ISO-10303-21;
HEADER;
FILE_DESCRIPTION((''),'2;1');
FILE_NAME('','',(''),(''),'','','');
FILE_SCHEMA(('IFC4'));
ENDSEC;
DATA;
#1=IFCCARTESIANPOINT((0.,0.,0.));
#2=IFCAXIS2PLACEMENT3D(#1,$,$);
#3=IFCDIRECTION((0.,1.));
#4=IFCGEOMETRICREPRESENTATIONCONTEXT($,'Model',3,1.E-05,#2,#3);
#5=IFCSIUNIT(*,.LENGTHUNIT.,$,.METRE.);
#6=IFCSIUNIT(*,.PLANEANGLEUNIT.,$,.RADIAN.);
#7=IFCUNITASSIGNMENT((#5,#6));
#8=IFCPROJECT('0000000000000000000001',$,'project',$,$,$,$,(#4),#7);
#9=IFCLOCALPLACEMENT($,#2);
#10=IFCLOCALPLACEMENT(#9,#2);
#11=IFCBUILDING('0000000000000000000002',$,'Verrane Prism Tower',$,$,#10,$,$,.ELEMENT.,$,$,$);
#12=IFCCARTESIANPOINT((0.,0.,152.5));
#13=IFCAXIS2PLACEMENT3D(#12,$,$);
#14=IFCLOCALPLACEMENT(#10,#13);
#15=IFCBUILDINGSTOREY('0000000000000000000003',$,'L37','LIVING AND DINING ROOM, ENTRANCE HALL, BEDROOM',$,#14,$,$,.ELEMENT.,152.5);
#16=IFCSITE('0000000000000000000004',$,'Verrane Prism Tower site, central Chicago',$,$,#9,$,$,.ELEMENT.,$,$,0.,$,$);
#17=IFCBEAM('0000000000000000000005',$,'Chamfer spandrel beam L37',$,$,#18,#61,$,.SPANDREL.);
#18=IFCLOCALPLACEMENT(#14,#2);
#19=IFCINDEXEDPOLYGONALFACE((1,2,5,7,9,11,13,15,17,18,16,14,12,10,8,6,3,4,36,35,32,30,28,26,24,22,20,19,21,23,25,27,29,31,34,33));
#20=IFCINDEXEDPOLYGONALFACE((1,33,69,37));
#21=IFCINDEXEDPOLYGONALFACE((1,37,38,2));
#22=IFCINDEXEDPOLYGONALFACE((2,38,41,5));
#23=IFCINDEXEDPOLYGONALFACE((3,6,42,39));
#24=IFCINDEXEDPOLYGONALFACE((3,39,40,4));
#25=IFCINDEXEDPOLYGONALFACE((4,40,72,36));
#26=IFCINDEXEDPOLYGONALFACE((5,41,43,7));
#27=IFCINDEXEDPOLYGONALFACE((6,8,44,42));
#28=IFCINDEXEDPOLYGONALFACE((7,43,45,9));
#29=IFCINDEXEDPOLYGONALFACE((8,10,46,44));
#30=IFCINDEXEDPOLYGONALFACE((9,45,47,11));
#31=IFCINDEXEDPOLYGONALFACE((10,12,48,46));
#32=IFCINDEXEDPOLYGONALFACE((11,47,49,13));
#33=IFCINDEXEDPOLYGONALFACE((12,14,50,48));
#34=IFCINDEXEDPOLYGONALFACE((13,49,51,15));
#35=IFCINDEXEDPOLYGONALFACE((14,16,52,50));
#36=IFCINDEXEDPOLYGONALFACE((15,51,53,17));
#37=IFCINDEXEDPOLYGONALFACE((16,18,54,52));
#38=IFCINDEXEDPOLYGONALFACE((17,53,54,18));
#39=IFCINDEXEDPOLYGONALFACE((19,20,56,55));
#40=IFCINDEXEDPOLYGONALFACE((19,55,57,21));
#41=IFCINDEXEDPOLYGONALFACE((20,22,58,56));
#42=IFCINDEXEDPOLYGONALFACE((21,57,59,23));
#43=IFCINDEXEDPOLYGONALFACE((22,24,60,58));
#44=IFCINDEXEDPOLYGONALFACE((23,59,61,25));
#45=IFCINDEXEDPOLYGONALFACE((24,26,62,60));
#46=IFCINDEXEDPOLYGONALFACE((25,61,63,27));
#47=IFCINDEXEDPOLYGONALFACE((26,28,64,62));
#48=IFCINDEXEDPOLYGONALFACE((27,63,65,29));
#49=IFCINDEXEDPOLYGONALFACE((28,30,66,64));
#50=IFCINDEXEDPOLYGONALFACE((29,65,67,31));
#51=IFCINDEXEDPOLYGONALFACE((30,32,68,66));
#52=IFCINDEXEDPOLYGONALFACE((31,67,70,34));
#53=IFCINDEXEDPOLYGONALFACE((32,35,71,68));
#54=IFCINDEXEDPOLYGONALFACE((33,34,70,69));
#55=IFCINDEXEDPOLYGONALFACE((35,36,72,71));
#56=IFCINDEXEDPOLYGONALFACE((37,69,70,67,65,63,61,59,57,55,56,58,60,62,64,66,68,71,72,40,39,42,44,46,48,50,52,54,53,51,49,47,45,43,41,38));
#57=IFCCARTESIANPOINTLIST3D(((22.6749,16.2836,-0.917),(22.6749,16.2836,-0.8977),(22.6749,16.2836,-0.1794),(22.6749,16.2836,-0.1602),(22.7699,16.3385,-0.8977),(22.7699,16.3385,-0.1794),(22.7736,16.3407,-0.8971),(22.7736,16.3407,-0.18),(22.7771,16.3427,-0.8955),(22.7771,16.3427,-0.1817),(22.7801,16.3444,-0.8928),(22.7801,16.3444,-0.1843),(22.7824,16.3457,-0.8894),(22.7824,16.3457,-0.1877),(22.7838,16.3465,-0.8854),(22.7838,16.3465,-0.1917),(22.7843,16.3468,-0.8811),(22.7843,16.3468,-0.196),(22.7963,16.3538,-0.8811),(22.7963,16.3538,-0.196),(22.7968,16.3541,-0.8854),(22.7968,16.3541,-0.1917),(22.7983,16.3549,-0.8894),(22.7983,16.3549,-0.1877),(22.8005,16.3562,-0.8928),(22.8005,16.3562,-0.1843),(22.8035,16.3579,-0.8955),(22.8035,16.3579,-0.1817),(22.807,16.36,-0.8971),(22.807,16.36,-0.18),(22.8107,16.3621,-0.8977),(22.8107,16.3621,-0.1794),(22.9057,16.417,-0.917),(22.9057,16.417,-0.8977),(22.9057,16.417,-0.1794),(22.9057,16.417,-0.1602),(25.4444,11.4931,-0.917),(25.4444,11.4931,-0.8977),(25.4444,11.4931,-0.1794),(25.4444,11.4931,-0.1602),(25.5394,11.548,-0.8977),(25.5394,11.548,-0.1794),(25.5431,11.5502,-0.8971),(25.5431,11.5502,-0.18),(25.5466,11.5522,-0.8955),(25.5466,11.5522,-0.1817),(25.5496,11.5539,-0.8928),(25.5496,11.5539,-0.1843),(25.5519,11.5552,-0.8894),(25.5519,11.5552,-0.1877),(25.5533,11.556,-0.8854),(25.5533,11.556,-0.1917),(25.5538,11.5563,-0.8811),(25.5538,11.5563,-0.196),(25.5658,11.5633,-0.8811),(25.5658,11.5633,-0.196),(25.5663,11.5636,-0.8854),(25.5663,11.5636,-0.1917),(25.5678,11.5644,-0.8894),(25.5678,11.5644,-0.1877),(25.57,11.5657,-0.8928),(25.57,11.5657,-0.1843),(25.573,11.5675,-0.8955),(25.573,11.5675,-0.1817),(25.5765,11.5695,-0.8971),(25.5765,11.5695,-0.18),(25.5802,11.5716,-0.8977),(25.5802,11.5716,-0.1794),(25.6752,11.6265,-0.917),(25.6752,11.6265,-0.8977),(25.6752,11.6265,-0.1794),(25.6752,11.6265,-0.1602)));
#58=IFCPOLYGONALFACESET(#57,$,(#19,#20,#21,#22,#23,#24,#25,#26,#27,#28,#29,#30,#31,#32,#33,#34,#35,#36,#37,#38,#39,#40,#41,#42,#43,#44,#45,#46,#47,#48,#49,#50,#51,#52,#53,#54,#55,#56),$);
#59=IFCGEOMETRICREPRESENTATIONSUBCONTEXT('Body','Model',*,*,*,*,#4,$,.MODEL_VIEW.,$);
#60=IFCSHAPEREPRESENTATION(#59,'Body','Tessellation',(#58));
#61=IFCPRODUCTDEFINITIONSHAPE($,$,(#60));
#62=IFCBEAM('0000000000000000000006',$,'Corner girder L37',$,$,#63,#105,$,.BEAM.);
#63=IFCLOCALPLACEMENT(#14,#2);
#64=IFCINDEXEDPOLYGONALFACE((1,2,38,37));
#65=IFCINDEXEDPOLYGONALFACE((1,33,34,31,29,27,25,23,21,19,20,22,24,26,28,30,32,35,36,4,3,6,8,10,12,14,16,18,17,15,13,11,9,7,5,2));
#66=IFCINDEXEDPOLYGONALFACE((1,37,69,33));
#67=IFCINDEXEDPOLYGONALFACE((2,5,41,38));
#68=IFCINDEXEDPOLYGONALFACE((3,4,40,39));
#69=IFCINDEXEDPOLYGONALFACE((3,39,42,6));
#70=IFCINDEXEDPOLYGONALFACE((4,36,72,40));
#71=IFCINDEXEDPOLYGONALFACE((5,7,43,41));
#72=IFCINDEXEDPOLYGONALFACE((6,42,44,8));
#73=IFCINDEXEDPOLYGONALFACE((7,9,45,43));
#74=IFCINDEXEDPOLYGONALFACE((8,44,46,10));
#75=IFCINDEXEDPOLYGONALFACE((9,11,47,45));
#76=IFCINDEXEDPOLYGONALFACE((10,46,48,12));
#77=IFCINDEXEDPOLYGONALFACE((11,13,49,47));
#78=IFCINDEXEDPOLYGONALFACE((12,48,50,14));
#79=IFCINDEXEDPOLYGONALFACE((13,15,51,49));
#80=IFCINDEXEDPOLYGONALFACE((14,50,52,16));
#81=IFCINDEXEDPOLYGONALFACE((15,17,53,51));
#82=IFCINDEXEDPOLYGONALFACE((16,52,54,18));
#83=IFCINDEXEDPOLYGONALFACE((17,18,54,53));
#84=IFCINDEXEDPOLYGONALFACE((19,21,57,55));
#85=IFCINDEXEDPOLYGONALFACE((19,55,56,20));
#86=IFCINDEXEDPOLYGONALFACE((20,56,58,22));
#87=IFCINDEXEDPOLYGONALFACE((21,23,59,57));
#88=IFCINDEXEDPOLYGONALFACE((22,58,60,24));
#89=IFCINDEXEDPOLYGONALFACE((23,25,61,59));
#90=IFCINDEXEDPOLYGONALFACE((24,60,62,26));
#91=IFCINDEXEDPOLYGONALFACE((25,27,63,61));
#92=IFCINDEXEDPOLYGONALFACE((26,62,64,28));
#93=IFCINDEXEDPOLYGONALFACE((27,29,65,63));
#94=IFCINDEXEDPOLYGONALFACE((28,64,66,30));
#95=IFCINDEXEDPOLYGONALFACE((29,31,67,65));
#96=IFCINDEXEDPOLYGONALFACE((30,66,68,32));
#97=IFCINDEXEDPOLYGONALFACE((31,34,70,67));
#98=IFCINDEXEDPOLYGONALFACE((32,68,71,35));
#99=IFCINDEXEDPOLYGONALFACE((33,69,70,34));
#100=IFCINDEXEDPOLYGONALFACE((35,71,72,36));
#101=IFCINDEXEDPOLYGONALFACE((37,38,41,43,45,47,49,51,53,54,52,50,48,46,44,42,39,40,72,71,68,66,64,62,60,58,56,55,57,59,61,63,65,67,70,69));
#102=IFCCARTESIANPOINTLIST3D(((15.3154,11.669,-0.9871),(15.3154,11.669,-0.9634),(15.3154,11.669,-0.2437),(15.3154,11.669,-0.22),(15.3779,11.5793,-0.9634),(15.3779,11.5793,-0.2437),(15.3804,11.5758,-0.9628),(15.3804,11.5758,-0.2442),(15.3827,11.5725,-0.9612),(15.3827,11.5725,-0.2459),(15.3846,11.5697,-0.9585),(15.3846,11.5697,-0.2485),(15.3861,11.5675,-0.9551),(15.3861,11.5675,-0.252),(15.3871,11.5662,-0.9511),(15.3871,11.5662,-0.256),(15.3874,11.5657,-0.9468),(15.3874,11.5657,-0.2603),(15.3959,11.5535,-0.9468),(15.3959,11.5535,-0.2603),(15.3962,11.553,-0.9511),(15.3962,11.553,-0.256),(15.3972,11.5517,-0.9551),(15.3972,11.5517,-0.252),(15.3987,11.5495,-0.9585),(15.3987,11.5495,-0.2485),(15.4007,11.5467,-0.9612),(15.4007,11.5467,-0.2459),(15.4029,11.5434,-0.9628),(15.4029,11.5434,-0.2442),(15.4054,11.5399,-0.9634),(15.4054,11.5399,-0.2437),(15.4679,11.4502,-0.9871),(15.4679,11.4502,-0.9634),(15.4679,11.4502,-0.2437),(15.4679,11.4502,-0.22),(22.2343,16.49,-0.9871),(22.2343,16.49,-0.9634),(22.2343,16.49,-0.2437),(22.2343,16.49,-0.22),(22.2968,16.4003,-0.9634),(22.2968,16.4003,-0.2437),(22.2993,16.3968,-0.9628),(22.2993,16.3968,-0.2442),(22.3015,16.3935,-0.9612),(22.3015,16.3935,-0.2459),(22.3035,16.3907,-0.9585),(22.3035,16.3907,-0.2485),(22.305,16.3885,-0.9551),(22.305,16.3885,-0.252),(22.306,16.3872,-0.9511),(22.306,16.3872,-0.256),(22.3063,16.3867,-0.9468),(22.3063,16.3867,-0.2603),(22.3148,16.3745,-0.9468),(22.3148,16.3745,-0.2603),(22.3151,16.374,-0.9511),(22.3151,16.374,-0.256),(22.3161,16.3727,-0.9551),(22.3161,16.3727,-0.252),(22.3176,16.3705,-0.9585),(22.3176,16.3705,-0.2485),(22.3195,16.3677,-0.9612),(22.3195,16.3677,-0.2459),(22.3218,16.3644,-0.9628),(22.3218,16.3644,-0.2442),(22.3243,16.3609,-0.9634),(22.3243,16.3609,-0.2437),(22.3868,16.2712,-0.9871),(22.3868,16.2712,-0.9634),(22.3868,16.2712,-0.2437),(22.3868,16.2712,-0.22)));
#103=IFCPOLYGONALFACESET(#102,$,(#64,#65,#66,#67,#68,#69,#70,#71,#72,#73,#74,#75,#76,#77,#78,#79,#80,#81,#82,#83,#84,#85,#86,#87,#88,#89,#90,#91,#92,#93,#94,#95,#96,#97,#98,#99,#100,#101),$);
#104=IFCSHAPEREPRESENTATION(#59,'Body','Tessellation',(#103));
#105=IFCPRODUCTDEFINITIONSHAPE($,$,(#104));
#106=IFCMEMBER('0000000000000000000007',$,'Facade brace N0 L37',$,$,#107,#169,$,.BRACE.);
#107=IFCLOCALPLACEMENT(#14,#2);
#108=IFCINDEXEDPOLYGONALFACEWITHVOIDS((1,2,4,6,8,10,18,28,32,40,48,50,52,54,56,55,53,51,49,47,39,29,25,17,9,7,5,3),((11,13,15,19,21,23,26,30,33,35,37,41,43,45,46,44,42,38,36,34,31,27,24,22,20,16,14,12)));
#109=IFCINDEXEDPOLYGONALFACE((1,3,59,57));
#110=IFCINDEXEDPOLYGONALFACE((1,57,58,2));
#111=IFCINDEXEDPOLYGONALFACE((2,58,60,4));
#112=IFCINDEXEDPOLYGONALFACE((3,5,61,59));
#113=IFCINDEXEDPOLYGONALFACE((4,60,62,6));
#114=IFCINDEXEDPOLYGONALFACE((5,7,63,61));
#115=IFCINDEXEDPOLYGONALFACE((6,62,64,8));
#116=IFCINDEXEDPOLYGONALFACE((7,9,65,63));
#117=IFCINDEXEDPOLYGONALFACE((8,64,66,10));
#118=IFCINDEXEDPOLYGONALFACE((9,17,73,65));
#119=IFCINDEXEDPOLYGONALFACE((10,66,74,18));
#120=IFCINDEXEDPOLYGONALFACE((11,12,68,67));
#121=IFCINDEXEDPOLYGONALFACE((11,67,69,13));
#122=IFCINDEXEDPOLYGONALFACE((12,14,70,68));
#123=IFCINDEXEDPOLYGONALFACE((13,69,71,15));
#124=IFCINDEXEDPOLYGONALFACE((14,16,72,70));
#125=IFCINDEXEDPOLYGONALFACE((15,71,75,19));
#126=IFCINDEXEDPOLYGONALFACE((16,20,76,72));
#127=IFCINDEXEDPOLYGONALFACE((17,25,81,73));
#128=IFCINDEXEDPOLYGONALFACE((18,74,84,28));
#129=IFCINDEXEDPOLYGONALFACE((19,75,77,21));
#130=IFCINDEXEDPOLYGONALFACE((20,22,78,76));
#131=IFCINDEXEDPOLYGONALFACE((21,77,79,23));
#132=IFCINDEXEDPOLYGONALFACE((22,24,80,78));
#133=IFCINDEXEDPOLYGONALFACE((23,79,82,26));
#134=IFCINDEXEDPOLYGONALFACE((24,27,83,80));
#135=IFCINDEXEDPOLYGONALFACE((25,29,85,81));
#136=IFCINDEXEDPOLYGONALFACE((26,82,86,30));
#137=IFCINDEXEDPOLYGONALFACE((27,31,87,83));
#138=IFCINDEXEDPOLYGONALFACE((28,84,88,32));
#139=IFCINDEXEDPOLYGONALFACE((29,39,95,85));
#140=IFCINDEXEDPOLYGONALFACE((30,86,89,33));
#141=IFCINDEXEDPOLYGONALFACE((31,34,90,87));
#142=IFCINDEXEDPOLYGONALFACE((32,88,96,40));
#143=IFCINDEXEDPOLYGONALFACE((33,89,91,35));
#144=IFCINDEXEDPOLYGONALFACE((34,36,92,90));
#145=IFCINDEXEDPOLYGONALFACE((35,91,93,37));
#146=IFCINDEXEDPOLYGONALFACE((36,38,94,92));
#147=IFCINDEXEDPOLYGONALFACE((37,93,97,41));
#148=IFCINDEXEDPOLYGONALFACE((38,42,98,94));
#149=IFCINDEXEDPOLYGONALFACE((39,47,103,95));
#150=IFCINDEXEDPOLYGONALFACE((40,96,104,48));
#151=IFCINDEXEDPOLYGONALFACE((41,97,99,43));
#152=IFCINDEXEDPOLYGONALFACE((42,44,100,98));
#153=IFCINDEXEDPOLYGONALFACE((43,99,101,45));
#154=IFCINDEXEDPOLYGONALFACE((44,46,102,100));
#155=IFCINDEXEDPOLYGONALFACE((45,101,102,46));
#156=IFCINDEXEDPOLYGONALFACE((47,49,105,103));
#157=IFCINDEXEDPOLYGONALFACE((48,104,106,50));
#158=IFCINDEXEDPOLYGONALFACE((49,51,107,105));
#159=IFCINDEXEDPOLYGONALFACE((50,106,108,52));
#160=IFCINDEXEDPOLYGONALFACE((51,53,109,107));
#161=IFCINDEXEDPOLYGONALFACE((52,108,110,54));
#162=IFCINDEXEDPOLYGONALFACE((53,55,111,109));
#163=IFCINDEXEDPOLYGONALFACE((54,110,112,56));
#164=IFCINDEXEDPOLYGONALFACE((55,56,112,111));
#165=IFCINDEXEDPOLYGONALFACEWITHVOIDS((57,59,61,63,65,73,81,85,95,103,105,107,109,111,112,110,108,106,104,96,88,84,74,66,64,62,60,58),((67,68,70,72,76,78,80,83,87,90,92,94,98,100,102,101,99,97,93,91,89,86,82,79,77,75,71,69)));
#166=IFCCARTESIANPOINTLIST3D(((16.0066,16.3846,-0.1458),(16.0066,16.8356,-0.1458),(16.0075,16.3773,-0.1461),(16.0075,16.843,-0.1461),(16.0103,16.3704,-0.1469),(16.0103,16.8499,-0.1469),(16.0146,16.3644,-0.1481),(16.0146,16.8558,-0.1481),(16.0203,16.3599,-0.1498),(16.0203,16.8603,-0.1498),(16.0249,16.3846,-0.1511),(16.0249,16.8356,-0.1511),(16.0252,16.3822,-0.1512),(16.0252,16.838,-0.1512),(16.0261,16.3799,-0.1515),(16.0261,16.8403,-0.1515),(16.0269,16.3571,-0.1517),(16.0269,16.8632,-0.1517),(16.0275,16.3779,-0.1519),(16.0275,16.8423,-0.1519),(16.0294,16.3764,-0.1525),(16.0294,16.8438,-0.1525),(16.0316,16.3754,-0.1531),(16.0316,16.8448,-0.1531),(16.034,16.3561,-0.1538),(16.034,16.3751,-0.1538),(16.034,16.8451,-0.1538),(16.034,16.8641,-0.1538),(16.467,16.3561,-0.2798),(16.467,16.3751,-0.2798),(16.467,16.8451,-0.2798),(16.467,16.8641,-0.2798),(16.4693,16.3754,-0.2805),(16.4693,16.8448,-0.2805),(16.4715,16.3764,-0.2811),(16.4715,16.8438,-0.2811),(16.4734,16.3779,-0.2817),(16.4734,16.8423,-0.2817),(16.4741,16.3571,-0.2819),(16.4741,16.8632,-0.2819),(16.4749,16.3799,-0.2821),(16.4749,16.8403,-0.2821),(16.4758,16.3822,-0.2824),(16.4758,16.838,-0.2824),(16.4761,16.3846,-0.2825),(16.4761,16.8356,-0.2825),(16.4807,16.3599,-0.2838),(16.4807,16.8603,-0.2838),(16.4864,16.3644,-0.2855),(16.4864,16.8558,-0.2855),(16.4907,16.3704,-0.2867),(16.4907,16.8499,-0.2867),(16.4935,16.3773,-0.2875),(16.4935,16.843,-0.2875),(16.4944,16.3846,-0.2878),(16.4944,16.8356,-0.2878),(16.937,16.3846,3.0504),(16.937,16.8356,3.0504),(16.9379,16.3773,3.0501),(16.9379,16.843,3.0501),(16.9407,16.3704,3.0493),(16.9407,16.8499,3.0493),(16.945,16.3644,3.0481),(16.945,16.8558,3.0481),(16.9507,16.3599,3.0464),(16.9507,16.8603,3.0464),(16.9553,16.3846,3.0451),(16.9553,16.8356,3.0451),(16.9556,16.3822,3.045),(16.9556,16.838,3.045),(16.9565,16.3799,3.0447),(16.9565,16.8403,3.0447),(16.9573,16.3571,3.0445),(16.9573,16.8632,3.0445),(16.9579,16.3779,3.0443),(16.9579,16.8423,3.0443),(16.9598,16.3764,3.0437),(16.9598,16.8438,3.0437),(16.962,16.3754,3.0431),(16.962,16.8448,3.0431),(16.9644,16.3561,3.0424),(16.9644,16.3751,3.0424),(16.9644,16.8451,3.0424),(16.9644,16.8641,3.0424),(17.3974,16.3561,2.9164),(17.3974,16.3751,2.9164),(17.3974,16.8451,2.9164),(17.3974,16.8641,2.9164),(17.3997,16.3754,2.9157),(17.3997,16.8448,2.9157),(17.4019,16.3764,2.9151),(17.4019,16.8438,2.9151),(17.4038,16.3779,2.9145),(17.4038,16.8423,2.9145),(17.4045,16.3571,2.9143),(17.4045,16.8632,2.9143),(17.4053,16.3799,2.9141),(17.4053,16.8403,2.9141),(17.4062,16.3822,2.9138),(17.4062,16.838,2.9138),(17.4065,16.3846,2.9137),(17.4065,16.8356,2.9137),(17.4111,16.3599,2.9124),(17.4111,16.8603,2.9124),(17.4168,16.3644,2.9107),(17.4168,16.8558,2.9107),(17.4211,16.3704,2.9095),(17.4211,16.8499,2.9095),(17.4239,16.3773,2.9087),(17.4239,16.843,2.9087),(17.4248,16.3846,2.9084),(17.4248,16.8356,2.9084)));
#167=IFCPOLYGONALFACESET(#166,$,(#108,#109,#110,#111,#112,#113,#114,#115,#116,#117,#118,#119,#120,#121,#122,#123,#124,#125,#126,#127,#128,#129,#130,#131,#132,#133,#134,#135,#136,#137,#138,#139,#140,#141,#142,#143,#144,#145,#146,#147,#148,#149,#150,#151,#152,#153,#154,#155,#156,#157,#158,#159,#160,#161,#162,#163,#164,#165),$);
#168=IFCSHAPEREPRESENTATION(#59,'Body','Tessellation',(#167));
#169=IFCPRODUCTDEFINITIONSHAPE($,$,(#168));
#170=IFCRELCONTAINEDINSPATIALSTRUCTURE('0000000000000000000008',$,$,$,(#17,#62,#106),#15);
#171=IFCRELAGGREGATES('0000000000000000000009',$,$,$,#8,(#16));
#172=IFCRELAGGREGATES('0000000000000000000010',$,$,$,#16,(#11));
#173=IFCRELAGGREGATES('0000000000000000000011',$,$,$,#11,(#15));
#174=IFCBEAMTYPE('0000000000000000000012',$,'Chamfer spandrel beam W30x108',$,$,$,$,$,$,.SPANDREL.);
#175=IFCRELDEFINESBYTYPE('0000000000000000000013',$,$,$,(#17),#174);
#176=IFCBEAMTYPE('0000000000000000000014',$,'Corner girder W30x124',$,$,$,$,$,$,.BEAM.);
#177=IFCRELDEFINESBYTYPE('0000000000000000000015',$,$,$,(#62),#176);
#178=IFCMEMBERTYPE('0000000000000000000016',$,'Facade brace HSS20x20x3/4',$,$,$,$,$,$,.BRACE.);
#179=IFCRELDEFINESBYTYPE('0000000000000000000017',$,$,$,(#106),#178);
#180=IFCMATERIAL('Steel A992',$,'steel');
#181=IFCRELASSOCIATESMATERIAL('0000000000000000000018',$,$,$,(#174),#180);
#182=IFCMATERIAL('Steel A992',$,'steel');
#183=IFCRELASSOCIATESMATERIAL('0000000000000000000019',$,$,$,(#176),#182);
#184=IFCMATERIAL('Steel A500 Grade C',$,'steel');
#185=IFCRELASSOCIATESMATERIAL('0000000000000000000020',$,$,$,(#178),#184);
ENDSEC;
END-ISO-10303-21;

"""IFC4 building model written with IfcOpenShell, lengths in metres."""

from ifc_helpers import new_model, si_unit, direction, frame, origin, origin_2d, place, context, subcontext, project, spatial, hollow_rectangle, i_section, extrude, material, material_profile, profile_set, type_object, element, save


model = new_model("IFC4")

# Units and contexts
model_context = context("Model", 3, precision=1e-05, world=origin(), true_north=direction((0.0, 1.0)))
body_context = subcontext(model_context, "Body", "Model", "MODEL_VIEW")
ifc_project = project(units=[si_unit("LENGTHUNIT", "METRE"), si_unit("PLANEANGLEUNIT", "RADIAN")], contexts=[model_context])

# Site, building, storey
site_placement = place(None, origin())
site = spatial("IfcSite", under=ifc_project, at=site_placement, Name="Verrane Prism Tower site, central Chicago", CompositionType="ELEMENT", RefElevation=0.0)
building_placement = place(site_placement, origin())
building = spatial("IfcBuilding", under=site, at=building_placement, Name="Verrane Prism Tower", CompositionType="ELEMENT")
storey_placement = place(building_placement, frame((0.0, 0.0, 152.5)))
storey = spatial("IfcBuildingStorey", under=building, at=storey_placement, Name="L37", Description="LIVING AND DINING ROOM, ENTRANCE HALL, BEDROOM", CompositionType="ELEMENT", Elevation=152.5)

# Beams
ifc_material_1 = material(Name="Steel A992", Category="steel")
ifc_material_profile_1 = material_profile(ifc_material_1, i_section(OverallWidth=0.2666, OverallDepth=0.7568, WebThickness=0.0139, FlangeThickness=0.0193, FilletRadius=0.0166, at=origin_2d()), Name="W30x108")
ifc_profile_set_1 = profile_set([ifc_material_profile_1], Name="Steel A992")
beam_type_1 = type_object("IfcBeamType", Name="Chamfer spandrel beam W30x108", PredefinedType="SPANDREL", material=ifc_profile_set_1)
beam_1_placement = place(storey_placement, frame((25.5598, 11.5598, -0.5386), z_axis=(-0.500504, 0.865734, 0.0), x_axis=(-0.865734, -0.500504, 0.0)))
element("IfcBeam", 1, at=beam_1_placement, inside=storey, type_object=beam_type_1, Name="Chamfer spandrel beam L37", PredefinedType="SPANDREL", context=body_context, shape_type="SweptSolid", body=[
    extrude(i_section(OverallWidth=0.2666, OverallDepth=0.7568, WebThickness=0.0139, FlangeThickness=0.0193, FilletRadius=0.0166, at=origin_2d()), origin(), (0.0, 0.0, 1.0), 5.5334),
])
ifc_material_2 = material(Name="Steel A992", Category="steel")
ifc_material_profile_2 = material_profile(ifc_material_2, i_section(OverallWidth=0.2666, OverallDepth=0.7671, WebThickness=0.0149, FlangeThickness=0.0237, FilletRadius=0.0166, at=origin_2d()), Name="W30x124")
ifc_profile_set_2 = profile_set([ifc_material_profile_2], Name="Steel A992")
beam_type_2 = type_object("IfcBeamType", Name="Corner girder W30x124", PredefinedType="BEAM", material=ifc_profile_set_2)
beam_2_placement = place(storey_placement, frame((22.3105, 16.3806, -0.6035), z_axis=(-0.820468, -0.571693, 0.0), x_axis=(0.571693, -0.820468, 0.0)))
element("IfcBeam", 2, at=beam_2_placement, inside=storey, type_object=beam_type_2, Name="Corner girder L37", PredefinedType="BEAM", context=body_context, shape_type="SweptSolid", body=[
    extrude(i_section(OverallWidth=0.2666, OverallDepth=0.7671, WebThickness=0.0149, FlangeThickness=0.0237, FilletRadius=0.0166, at=origin_2d()), origin(), (0.0, 0.0, 1.0), 8.4329),
])

# Member
ifc_material_3 = material(Name="Steel A500 Grade C", Category="steel")
ifc_material_profile_3 = material_profile(ifc_material_3, hollow_rectangle(XDim=0.5081, YDim=0.5081, WallThickness=0.019, InnerFilletRadius=0.0095, OuterFilletRadius=0.0286, at=origin_2d()), Name="HSS20x20x3/4")
ifc_profile_set_3 = profile_set([ifc_material_profile_3], Name="Steel A500 Grade C")
member_type_1 = type_object("IfcMemberType", Name="Facade brace HSS20x20x3/4", PredefinedType="BRACE", material=ifc_profile_set_3)
member_1_placement = place(storey_placement, frame((16.2505, 16.6101, -0.2168), z_axis=(0.279493, 0.0, 0.960148), x_axis=(0.0, 1.0, 0.0)))
element("IfcMember", 3, at=member_1_placement, inside=storey, type_object=member_type_1, Name="Facade brace N0 L37", PredefinedType="BRACE", context=body_context, shape_type="SweptSolid", body=[
    extrude(hollow_rectangle(XDim=0.5081, YDim=0.5081, WallThickness=0.019, InnerFilletRadius=0.0095, OuterFilletRadius=0.0286, at=origin_2d()), origin(), (0.0, 0.0, 1.0), 3.3289),
])

save(model, "model.ifc")
